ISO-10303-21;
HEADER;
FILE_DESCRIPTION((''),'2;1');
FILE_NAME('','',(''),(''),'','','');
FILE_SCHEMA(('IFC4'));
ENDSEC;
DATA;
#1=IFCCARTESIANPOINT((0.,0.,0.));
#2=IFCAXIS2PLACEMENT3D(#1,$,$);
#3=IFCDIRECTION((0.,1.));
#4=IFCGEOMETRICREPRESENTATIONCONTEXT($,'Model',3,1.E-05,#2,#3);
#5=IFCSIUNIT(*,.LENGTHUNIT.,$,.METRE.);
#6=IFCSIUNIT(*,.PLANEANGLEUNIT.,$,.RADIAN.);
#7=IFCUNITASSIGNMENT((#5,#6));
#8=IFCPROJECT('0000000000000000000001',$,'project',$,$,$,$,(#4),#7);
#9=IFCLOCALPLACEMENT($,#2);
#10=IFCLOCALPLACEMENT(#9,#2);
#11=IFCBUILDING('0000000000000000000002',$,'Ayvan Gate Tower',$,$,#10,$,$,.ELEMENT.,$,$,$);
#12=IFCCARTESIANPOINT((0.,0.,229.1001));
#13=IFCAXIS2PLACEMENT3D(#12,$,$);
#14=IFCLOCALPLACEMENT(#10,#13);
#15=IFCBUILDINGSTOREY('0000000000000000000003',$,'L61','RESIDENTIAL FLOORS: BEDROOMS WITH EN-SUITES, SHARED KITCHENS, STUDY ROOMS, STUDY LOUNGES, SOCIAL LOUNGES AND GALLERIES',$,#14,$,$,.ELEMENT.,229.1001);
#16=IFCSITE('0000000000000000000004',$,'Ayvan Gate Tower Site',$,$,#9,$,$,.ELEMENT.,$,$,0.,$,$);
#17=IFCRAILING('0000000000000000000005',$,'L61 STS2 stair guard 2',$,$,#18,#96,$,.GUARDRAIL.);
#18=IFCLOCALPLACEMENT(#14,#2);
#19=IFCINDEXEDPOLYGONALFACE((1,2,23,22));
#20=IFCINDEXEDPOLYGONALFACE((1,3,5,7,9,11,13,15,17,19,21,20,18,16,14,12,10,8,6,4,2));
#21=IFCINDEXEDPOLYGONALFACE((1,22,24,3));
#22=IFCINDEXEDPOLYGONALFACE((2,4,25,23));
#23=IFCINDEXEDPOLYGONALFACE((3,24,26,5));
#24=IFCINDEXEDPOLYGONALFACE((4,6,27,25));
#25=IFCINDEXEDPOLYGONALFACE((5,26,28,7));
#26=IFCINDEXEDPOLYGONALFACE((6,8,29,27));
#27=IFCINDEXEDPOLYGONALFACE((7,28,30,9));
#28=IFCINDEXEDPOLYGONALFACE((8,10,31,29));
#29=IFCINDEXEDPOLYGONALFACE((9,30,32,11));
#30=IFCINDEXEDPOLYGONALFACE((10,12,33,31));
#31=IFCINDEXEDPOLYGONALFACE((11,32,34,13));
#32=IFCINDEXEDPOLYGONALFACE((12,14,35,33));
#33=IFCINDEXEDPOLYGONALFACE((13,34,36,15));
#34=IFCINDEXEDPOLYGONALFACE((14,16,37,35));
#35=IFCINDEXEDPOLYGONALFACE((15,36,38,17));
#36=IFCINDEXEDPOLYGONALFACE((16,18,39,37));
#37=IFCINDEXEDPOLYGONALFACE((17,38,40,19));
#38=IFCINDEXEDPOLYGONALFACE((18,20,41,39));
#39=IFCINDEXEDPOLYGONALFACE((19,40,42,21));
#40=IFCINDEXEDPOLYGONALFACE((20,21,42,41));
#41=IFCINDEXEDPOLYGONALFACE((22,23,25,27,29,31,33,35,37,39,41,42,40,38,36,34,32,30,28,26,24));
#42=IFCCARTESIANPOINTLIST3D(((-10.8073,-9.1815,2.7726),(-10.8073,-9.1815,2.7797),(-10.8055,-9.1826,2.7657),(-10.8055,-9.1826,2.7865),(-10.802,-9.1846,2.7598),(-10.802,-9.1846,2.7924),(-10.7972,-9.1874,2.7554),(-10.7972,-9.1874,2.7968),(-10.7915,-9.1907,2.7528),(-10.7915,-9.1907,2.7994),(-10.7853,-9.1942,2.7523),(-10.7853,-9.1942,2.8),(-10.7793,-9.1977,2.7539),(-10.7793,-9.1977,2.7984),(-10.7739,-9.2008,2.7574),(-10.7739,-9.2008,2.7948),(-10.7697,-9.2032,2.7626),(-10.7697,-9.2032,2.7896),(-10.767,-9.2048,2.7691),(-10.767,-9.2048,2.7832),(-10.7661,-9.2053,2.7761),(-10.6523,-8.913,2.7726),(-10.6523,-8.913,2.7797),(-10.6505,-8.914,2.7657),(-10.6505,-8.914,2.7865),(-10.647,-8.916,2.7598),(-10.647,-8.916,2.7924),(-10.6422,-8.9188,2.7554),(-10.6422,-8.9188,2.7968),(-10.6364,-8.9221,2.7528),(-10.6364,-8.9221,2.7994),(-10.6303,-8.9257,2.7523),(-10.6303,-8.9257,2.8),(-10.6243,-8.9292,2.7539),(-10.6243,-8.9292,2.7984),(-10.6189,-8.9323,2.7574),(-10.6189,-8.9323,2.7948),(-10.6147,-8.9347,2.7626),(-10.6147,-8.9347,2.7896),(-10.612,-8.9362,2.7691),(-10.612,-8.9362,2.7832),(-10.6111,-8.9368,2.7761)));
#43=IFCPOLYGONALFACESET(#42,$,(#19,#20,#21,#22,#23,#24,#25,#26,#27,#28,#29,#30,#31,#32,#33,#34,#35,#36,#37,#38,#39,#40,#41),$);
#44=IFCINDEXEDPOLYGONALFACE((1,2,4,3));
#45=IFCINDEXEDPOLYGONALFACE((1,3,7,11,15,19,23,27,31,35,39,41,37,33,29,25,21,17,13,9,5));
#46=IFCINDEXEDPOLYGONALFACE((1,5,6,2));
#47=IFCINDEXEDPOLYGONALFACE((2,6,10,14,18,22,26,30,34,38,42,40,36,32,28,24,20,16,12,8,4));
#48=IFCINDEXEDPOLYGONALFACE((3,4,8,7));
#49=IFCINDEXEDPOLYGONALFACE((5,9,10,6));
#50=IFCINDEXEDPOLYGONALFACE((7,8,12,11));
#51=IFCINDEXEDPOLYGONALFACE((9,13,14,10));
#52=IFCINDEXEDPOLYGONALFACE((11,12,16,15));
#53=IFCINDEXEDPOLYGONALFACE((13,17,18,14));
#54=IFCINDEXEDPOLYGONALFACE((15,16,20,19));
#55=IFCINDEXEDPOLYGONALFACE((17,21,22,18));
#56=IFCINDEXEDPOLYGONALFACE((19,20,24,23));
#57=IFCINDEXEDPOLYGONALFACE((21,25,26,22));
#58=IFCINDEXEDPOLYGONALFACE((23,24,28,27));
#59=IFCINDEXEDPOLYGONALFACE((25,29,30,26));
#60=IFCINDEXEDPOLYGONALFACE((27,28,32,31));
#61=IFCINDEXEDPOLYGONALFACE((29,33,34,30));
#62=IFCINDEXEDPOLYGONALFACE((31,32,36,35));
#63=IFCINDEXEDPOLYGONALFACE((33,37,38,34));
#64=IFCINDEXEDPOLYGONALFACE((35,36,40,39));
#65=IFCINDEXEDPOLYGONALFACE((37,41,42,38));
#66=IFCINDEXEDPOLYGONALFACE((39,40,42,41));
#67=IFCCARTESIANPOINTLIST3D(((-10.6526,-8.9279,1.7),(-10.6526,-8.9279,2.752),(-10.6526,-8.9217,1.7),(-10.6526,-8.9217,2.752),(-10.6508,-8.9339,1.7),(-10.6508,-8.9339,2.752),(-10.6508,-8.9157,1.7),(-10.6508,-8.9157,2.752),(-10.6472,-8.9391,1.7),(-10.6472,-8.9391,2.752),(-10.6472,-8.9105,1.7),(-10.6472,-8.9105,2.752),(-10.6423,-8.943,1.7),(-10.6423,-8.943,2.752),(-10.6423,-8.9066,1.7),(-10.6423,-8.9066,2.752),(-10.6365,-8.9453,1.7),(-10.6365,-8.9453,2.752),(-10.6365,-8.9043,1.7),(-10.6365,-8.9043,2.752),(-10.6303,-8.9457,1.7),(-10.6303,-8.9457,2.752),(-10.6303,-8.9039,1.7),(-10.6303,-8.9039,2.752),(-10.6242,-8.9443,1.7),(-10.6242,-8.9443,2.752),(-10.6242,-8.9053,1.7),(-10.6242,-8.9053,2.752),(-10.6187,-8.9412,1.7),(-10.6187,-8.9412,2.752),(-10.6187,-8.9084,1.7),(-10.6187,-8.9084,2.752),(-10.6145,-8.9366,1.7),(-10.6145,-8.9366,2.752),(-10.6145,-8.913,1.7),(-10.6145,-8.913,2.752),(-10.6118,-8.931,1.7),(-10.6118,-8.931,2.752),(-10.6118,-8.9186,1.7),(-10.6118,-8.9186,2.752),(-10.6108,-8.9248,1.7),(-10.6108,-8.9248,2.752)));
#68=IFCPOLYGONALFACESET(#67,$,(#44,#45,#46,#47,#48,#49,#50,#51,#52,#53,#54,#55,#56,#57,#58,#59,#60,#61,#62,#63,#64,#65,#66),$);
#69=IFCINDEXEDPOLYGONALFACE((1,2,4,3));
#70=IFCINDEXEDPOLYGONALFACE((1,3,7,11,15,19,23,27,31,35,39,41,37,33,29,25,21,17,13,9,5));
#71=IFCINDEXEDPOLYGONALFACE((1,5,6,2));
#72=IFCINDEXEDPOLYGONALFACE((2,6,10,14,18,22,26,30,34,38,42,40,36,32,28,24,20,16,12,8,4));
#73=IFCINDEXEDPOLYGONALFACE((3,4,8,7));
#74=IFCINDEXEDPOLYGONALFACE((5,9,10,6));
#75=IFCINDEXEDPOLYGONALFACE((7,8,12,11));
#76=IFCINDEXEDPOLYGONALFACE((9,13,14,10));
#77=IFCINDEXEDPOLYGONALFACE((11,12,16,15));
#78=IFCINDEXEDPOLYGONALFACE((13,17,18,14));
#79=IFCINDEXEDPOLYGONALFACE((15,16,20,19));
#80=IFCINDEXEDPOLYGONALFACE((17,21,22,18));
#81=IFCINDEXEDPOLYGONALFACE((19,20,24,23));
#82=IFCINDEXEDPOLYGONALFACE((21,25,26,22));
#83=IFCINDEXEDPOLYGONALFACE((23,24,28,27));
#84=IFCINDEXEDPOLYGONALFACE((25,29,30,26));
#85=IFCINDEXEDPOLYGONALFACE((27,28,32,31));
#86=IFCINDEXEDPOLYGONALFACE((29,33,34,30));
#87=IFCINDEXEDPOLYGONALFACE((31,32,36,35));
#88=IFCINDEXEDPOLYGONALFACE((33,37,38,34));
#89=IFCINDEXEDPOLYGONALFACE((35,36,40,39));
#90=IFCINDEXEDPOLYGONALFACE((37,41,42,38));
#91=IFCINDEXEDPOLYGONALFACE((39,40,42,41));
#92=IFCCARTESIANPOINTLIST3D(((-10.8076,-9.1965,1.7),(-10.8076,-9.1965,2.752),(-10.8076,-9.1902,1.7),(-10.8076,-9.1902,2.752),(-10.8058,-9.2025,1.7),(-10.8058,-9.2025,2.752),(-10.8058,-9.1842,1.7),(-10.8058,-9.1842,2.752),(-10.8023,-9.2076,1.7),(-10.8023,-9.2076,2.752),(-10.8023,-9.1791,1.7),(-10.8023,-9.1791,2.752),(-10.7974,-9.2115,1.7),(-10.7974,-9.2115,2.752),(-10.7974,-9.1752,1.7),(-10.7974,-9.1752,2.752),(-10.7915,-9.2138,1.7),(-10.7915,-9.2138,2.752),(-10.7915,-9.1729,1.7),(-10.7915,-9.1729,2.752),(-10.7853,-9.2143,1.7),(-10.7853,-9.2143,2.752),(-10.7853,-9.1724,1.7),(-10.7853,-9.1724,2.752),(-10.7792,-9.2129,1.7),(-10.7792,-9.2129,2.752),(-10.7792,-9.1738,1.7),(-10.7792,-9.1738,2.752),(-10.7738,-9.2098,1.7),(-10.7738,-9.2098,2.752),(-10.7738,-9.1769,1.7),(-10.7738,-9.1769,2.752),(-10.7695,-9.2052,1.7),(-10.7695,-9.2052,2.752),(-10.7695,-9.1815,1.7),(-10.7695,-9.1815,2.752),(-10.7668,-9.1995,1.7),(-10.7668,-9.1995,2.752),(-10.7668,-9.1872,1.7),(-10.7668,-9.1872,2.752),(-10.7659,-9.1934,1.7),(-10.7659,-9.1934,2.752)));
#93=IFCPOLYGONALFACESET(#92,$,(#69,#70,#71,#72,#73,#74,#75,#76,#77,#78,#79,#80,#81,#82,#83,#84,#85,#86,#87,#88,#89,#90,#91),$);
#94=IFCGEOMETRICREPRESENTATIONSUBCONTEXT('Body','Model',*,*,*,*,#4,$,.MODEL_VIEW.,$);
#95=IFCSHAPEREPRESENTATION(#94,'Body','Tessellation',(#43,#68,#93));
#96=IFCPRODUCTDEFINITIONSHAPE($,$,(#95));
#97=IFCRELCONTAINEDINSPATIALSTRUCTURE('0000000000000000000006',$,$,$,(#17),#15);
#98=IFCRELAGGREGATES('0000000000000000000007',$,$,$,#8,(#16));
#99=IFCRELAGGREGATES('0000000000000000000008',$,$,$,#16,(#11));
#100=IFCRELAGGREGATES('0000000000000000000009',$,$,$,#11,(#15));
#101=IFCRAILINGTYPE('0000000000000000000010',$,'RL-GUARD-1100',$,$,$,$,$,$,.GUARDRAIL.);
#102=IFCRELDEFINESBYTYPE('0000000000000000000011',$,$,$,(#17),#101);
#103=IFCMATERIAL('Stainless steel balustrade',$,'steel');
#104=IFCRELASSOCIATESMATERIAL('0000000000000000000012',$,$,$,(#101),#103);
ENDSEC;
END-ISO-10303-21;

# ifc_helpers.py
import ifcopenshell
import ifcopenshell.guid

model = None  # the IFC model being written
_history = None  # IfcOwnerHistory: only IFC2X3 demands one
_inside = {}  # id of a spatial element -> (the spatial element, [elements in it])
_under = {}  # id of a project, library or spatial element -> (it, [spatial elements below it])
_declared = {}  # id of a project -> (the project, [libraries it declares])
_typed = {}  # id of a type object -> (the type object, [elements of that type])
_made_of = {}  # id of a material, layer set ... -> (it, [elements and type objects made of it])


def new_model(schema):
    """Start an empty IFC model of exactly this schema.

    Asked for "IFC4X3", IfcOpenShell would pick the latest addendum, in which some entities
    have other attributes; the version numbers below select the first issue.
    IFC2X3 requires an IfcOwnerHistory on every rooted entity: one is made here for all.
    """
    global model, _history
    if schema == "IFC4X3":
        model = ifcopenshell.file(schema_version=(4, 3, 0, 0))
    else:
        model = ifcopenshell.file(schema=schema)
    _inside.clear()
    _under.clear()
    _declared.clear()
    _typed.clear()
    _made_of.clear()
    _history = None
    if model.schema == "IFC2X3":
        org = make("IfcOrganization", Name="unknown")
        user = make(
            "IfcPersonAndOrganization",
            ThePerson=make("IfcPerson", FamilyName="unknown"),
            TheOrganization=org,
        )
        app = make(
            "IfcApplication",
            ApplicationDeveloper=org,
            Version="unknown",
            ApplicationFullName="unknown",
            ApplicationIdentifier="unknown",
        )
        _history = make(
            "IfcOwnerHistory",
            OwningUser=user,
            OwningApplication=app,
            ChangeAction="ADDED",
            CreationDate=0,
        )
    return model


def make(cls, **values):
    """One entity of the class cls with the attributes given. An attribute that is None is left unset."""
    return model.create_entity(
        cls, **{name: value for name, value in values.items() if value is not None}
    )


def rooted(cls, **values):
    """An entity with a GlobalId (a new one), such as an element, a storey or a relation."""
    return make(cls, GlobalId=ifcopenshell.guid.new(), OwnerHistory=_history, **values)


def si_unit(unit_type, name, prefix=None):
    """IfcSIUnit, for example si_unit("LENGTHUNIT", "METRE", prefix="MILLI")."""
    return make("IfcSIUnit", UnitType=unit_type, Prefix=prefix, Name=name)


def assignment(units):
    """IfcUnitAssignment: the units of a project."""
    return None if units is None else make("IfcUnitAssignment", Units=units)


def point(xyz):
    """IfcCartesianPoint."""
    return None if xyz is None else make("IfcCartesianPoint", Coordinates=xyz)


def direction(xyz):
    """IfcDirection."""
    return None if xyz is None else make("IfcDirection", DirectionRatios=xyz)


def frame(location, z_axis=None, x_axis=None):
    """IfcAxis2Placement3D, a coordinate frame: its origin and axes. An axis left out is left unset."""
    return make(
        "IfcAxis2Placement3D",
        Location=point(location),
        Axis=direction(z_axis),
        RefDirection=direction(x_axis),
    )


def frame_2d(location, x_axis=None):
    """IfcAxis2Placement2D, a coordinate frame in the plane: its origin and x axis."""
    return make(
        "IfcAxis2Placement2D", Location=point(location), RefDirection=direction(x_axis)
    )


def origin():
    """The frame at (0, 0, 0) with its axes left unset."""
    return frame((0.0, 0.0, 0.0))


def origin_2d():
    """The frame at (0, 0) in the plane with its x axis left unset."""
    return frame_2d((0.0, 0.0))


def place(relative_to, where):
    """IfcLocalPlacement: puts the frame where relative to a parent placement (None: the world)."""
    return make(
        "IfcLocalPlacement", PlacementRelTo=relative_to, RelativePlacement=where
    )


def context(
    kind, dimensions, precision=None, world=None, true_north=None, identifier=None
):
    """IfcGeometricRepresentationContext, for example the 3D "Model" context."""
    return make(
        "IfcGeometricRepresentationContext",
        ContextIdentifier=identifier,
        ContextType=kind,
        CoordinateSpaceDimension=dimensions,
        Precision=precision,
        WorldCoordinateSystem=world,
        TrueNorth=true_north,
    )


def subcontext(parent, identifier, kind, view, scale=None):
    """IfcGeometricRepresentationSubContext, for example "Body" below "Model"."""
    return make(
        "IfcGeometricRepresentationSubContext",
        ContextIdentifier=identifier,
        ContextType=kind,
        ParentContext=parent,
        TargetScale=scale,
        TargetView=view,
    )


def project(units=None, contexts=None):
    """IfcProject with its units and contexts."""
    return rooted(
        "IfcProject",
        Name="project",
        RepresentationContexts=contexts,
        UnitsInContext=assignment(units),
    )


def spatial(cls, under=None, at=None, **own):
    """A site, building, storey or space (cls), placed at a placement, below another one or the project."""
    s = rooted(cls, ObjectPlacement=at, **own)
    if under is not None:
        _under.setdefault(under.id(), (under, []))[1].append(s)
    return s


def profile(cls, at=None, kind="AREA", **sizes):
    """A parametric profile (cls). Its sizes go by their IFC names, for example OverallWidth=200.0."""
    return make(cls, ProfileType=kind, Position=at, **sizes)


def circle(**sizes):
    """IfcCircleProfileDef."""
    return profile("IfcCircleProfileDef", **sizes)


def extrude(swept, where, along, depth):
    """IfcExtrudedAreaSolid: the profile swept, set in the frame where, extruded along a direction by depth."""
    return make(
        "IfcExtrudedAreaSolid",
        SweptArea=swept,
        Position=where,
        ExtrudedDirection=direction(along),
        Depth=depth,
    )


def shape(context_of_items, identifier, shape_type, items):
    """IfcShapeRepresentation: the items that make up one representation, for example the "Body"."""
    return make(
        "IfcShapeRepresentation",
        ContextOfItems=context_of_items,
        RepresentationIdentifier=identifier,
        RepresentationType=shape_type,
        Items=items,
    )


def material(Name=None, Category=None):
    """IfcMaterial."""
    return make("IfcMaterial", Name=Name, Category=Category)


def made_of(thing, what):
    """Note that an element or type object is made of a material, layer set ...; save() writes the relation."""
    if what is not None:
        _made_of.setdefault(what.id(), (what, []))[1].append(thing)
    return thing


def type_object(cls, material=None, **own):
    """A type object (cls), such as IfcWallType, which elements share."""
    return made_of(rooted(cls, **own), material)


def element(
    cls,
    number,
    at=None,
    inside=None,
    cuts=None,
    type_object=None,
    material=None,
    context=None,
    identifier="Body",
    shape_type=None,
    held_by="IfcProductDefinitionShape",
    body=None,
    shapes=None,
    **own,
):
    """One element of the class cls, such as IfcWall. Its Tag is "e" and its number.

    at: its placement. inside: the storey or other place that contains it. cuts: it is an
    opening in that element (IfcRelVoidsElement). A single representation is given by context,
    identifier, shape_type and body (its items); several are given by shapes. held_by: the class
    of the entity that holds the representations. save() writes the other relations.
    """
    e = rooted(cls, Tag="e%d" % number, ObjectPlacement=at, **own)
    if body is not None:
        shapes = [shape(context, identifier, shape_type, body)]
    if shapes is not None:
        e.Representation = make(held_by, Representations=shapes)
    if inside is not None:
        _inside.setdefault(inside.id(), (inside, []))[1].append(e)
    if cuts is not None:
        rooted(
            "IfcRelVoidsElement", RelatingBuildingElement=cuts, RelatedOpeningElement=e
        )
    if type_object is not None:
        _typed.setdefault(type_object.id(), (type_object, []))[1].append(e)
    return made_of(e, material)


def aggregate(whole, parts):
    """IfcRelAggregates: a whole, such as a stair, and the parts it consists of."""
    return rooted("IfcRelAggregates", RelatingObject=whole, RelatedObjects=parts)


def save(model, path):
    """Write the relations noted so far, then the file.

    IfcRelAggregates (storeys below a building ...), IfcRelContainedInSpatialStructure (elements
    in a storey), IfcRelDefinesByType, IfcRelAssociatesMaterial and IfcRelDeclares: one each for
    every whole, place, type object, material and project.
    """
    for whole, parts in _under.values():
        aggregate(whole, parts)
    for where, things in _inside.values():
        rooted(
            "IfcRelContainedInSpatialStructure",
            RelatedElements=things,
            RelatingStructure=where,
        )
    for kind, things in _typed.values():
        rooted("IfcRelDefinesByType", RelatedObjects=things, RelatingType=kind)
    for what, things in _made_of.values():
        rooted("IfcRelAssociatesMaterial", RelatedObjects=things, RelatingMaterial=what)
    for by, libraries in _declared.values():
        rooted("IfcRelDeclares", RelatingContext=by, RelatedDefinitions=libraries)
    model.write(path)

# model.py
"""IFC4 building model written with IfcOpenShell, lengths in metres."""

from ifc_helpers import new_model, si_unit, direction, frame, origin, origin_2d, place, context, subcontext, project, spatial, circle, extrude, material, type_object, element, save


model = new_model("IFC4")

# Units and contexts
model_context = context("Model", 3, precision=1e-05, world=origin(), true_north=direction((0.0, 1.0)))
body_context = subcontext(model_context, "Body", "Model", "MODEL_VIEW")
ifc_project = project(units=[si_unit("LENGTHUNIT", "METRE"), si_unit("PLANEANGLEUNIT", "RADIAN")], contexts=[model_context])

# Site, building, storey
site_placement = place(None, origin())
site = spatial("IfcSite", under=ifc_project, at=site_placement, Name="Ayvan Gate Tower Site", CompositionType="ELEMENT", RefElevation=0.0)
building_placement = place(site_placement, origin())
building = spatial("IfcBuilding", under=site, at=building_placement, Name="Ayvan Gate Tower", CompositionType="ELEMENT")
storey_placement = place(building_placement, frame((0.0, 0.0, 229.1001)))
storey = spatial("IfcBuildingStorey", under=building, at=storey_placement, Name="L61", Description="RESIDENTIAL FLOORS: BEDROOMS WITH EN-SUITES, SHARED KITCHENS, STUDY ROOMS, STUDY LOUNGES, SOCIAL LOUNGES AND GALLERIES", CompositionType="ELEMENT", Elevation=229.1001)

# Railing
ifc_material_1 = material(Name="Stainless steel balustrade", Category="steel")
railing_type_1 = type_object("IfcRailingType", Name="RL-GUARD-1100", PredefinedType="GUARDRAIL", material=ifc_material_1)
railing_1_placement = place(storey_placement, frame((-10.6318, -8.9248, 1.7)))
element("IfcRailing", 1, at=railing_1_placement, inside=storey, type_object=railing_type_1, Name="L61 STS2 stair guard 2", PredefinedType="GUARDRAIL", context=body_context, shape_type="SweptSolid", body=[
    extrude(circle(Radius=0.0239, at=origin_2d()), frame((0.0, 0.0, 1.0762), z_axis=(-0.49995, -0.866054, 0.0), x_axis=(0.866054, -0.49995, 0.0)), (0.0, 0.0, 1.0), 0.3101),
    extrude(circle(Radius=0.021, at=origin_2d()), origin(), (0.0, 0.0, 1.0), 1.052),
    extrude(circle(Radius=0.021, at=origin_2d()), frame((-0.155, -0.2686, 0.0)), (0.0, 0.0, 1.0), 1.052),
])

save(model, "model.ifc")
